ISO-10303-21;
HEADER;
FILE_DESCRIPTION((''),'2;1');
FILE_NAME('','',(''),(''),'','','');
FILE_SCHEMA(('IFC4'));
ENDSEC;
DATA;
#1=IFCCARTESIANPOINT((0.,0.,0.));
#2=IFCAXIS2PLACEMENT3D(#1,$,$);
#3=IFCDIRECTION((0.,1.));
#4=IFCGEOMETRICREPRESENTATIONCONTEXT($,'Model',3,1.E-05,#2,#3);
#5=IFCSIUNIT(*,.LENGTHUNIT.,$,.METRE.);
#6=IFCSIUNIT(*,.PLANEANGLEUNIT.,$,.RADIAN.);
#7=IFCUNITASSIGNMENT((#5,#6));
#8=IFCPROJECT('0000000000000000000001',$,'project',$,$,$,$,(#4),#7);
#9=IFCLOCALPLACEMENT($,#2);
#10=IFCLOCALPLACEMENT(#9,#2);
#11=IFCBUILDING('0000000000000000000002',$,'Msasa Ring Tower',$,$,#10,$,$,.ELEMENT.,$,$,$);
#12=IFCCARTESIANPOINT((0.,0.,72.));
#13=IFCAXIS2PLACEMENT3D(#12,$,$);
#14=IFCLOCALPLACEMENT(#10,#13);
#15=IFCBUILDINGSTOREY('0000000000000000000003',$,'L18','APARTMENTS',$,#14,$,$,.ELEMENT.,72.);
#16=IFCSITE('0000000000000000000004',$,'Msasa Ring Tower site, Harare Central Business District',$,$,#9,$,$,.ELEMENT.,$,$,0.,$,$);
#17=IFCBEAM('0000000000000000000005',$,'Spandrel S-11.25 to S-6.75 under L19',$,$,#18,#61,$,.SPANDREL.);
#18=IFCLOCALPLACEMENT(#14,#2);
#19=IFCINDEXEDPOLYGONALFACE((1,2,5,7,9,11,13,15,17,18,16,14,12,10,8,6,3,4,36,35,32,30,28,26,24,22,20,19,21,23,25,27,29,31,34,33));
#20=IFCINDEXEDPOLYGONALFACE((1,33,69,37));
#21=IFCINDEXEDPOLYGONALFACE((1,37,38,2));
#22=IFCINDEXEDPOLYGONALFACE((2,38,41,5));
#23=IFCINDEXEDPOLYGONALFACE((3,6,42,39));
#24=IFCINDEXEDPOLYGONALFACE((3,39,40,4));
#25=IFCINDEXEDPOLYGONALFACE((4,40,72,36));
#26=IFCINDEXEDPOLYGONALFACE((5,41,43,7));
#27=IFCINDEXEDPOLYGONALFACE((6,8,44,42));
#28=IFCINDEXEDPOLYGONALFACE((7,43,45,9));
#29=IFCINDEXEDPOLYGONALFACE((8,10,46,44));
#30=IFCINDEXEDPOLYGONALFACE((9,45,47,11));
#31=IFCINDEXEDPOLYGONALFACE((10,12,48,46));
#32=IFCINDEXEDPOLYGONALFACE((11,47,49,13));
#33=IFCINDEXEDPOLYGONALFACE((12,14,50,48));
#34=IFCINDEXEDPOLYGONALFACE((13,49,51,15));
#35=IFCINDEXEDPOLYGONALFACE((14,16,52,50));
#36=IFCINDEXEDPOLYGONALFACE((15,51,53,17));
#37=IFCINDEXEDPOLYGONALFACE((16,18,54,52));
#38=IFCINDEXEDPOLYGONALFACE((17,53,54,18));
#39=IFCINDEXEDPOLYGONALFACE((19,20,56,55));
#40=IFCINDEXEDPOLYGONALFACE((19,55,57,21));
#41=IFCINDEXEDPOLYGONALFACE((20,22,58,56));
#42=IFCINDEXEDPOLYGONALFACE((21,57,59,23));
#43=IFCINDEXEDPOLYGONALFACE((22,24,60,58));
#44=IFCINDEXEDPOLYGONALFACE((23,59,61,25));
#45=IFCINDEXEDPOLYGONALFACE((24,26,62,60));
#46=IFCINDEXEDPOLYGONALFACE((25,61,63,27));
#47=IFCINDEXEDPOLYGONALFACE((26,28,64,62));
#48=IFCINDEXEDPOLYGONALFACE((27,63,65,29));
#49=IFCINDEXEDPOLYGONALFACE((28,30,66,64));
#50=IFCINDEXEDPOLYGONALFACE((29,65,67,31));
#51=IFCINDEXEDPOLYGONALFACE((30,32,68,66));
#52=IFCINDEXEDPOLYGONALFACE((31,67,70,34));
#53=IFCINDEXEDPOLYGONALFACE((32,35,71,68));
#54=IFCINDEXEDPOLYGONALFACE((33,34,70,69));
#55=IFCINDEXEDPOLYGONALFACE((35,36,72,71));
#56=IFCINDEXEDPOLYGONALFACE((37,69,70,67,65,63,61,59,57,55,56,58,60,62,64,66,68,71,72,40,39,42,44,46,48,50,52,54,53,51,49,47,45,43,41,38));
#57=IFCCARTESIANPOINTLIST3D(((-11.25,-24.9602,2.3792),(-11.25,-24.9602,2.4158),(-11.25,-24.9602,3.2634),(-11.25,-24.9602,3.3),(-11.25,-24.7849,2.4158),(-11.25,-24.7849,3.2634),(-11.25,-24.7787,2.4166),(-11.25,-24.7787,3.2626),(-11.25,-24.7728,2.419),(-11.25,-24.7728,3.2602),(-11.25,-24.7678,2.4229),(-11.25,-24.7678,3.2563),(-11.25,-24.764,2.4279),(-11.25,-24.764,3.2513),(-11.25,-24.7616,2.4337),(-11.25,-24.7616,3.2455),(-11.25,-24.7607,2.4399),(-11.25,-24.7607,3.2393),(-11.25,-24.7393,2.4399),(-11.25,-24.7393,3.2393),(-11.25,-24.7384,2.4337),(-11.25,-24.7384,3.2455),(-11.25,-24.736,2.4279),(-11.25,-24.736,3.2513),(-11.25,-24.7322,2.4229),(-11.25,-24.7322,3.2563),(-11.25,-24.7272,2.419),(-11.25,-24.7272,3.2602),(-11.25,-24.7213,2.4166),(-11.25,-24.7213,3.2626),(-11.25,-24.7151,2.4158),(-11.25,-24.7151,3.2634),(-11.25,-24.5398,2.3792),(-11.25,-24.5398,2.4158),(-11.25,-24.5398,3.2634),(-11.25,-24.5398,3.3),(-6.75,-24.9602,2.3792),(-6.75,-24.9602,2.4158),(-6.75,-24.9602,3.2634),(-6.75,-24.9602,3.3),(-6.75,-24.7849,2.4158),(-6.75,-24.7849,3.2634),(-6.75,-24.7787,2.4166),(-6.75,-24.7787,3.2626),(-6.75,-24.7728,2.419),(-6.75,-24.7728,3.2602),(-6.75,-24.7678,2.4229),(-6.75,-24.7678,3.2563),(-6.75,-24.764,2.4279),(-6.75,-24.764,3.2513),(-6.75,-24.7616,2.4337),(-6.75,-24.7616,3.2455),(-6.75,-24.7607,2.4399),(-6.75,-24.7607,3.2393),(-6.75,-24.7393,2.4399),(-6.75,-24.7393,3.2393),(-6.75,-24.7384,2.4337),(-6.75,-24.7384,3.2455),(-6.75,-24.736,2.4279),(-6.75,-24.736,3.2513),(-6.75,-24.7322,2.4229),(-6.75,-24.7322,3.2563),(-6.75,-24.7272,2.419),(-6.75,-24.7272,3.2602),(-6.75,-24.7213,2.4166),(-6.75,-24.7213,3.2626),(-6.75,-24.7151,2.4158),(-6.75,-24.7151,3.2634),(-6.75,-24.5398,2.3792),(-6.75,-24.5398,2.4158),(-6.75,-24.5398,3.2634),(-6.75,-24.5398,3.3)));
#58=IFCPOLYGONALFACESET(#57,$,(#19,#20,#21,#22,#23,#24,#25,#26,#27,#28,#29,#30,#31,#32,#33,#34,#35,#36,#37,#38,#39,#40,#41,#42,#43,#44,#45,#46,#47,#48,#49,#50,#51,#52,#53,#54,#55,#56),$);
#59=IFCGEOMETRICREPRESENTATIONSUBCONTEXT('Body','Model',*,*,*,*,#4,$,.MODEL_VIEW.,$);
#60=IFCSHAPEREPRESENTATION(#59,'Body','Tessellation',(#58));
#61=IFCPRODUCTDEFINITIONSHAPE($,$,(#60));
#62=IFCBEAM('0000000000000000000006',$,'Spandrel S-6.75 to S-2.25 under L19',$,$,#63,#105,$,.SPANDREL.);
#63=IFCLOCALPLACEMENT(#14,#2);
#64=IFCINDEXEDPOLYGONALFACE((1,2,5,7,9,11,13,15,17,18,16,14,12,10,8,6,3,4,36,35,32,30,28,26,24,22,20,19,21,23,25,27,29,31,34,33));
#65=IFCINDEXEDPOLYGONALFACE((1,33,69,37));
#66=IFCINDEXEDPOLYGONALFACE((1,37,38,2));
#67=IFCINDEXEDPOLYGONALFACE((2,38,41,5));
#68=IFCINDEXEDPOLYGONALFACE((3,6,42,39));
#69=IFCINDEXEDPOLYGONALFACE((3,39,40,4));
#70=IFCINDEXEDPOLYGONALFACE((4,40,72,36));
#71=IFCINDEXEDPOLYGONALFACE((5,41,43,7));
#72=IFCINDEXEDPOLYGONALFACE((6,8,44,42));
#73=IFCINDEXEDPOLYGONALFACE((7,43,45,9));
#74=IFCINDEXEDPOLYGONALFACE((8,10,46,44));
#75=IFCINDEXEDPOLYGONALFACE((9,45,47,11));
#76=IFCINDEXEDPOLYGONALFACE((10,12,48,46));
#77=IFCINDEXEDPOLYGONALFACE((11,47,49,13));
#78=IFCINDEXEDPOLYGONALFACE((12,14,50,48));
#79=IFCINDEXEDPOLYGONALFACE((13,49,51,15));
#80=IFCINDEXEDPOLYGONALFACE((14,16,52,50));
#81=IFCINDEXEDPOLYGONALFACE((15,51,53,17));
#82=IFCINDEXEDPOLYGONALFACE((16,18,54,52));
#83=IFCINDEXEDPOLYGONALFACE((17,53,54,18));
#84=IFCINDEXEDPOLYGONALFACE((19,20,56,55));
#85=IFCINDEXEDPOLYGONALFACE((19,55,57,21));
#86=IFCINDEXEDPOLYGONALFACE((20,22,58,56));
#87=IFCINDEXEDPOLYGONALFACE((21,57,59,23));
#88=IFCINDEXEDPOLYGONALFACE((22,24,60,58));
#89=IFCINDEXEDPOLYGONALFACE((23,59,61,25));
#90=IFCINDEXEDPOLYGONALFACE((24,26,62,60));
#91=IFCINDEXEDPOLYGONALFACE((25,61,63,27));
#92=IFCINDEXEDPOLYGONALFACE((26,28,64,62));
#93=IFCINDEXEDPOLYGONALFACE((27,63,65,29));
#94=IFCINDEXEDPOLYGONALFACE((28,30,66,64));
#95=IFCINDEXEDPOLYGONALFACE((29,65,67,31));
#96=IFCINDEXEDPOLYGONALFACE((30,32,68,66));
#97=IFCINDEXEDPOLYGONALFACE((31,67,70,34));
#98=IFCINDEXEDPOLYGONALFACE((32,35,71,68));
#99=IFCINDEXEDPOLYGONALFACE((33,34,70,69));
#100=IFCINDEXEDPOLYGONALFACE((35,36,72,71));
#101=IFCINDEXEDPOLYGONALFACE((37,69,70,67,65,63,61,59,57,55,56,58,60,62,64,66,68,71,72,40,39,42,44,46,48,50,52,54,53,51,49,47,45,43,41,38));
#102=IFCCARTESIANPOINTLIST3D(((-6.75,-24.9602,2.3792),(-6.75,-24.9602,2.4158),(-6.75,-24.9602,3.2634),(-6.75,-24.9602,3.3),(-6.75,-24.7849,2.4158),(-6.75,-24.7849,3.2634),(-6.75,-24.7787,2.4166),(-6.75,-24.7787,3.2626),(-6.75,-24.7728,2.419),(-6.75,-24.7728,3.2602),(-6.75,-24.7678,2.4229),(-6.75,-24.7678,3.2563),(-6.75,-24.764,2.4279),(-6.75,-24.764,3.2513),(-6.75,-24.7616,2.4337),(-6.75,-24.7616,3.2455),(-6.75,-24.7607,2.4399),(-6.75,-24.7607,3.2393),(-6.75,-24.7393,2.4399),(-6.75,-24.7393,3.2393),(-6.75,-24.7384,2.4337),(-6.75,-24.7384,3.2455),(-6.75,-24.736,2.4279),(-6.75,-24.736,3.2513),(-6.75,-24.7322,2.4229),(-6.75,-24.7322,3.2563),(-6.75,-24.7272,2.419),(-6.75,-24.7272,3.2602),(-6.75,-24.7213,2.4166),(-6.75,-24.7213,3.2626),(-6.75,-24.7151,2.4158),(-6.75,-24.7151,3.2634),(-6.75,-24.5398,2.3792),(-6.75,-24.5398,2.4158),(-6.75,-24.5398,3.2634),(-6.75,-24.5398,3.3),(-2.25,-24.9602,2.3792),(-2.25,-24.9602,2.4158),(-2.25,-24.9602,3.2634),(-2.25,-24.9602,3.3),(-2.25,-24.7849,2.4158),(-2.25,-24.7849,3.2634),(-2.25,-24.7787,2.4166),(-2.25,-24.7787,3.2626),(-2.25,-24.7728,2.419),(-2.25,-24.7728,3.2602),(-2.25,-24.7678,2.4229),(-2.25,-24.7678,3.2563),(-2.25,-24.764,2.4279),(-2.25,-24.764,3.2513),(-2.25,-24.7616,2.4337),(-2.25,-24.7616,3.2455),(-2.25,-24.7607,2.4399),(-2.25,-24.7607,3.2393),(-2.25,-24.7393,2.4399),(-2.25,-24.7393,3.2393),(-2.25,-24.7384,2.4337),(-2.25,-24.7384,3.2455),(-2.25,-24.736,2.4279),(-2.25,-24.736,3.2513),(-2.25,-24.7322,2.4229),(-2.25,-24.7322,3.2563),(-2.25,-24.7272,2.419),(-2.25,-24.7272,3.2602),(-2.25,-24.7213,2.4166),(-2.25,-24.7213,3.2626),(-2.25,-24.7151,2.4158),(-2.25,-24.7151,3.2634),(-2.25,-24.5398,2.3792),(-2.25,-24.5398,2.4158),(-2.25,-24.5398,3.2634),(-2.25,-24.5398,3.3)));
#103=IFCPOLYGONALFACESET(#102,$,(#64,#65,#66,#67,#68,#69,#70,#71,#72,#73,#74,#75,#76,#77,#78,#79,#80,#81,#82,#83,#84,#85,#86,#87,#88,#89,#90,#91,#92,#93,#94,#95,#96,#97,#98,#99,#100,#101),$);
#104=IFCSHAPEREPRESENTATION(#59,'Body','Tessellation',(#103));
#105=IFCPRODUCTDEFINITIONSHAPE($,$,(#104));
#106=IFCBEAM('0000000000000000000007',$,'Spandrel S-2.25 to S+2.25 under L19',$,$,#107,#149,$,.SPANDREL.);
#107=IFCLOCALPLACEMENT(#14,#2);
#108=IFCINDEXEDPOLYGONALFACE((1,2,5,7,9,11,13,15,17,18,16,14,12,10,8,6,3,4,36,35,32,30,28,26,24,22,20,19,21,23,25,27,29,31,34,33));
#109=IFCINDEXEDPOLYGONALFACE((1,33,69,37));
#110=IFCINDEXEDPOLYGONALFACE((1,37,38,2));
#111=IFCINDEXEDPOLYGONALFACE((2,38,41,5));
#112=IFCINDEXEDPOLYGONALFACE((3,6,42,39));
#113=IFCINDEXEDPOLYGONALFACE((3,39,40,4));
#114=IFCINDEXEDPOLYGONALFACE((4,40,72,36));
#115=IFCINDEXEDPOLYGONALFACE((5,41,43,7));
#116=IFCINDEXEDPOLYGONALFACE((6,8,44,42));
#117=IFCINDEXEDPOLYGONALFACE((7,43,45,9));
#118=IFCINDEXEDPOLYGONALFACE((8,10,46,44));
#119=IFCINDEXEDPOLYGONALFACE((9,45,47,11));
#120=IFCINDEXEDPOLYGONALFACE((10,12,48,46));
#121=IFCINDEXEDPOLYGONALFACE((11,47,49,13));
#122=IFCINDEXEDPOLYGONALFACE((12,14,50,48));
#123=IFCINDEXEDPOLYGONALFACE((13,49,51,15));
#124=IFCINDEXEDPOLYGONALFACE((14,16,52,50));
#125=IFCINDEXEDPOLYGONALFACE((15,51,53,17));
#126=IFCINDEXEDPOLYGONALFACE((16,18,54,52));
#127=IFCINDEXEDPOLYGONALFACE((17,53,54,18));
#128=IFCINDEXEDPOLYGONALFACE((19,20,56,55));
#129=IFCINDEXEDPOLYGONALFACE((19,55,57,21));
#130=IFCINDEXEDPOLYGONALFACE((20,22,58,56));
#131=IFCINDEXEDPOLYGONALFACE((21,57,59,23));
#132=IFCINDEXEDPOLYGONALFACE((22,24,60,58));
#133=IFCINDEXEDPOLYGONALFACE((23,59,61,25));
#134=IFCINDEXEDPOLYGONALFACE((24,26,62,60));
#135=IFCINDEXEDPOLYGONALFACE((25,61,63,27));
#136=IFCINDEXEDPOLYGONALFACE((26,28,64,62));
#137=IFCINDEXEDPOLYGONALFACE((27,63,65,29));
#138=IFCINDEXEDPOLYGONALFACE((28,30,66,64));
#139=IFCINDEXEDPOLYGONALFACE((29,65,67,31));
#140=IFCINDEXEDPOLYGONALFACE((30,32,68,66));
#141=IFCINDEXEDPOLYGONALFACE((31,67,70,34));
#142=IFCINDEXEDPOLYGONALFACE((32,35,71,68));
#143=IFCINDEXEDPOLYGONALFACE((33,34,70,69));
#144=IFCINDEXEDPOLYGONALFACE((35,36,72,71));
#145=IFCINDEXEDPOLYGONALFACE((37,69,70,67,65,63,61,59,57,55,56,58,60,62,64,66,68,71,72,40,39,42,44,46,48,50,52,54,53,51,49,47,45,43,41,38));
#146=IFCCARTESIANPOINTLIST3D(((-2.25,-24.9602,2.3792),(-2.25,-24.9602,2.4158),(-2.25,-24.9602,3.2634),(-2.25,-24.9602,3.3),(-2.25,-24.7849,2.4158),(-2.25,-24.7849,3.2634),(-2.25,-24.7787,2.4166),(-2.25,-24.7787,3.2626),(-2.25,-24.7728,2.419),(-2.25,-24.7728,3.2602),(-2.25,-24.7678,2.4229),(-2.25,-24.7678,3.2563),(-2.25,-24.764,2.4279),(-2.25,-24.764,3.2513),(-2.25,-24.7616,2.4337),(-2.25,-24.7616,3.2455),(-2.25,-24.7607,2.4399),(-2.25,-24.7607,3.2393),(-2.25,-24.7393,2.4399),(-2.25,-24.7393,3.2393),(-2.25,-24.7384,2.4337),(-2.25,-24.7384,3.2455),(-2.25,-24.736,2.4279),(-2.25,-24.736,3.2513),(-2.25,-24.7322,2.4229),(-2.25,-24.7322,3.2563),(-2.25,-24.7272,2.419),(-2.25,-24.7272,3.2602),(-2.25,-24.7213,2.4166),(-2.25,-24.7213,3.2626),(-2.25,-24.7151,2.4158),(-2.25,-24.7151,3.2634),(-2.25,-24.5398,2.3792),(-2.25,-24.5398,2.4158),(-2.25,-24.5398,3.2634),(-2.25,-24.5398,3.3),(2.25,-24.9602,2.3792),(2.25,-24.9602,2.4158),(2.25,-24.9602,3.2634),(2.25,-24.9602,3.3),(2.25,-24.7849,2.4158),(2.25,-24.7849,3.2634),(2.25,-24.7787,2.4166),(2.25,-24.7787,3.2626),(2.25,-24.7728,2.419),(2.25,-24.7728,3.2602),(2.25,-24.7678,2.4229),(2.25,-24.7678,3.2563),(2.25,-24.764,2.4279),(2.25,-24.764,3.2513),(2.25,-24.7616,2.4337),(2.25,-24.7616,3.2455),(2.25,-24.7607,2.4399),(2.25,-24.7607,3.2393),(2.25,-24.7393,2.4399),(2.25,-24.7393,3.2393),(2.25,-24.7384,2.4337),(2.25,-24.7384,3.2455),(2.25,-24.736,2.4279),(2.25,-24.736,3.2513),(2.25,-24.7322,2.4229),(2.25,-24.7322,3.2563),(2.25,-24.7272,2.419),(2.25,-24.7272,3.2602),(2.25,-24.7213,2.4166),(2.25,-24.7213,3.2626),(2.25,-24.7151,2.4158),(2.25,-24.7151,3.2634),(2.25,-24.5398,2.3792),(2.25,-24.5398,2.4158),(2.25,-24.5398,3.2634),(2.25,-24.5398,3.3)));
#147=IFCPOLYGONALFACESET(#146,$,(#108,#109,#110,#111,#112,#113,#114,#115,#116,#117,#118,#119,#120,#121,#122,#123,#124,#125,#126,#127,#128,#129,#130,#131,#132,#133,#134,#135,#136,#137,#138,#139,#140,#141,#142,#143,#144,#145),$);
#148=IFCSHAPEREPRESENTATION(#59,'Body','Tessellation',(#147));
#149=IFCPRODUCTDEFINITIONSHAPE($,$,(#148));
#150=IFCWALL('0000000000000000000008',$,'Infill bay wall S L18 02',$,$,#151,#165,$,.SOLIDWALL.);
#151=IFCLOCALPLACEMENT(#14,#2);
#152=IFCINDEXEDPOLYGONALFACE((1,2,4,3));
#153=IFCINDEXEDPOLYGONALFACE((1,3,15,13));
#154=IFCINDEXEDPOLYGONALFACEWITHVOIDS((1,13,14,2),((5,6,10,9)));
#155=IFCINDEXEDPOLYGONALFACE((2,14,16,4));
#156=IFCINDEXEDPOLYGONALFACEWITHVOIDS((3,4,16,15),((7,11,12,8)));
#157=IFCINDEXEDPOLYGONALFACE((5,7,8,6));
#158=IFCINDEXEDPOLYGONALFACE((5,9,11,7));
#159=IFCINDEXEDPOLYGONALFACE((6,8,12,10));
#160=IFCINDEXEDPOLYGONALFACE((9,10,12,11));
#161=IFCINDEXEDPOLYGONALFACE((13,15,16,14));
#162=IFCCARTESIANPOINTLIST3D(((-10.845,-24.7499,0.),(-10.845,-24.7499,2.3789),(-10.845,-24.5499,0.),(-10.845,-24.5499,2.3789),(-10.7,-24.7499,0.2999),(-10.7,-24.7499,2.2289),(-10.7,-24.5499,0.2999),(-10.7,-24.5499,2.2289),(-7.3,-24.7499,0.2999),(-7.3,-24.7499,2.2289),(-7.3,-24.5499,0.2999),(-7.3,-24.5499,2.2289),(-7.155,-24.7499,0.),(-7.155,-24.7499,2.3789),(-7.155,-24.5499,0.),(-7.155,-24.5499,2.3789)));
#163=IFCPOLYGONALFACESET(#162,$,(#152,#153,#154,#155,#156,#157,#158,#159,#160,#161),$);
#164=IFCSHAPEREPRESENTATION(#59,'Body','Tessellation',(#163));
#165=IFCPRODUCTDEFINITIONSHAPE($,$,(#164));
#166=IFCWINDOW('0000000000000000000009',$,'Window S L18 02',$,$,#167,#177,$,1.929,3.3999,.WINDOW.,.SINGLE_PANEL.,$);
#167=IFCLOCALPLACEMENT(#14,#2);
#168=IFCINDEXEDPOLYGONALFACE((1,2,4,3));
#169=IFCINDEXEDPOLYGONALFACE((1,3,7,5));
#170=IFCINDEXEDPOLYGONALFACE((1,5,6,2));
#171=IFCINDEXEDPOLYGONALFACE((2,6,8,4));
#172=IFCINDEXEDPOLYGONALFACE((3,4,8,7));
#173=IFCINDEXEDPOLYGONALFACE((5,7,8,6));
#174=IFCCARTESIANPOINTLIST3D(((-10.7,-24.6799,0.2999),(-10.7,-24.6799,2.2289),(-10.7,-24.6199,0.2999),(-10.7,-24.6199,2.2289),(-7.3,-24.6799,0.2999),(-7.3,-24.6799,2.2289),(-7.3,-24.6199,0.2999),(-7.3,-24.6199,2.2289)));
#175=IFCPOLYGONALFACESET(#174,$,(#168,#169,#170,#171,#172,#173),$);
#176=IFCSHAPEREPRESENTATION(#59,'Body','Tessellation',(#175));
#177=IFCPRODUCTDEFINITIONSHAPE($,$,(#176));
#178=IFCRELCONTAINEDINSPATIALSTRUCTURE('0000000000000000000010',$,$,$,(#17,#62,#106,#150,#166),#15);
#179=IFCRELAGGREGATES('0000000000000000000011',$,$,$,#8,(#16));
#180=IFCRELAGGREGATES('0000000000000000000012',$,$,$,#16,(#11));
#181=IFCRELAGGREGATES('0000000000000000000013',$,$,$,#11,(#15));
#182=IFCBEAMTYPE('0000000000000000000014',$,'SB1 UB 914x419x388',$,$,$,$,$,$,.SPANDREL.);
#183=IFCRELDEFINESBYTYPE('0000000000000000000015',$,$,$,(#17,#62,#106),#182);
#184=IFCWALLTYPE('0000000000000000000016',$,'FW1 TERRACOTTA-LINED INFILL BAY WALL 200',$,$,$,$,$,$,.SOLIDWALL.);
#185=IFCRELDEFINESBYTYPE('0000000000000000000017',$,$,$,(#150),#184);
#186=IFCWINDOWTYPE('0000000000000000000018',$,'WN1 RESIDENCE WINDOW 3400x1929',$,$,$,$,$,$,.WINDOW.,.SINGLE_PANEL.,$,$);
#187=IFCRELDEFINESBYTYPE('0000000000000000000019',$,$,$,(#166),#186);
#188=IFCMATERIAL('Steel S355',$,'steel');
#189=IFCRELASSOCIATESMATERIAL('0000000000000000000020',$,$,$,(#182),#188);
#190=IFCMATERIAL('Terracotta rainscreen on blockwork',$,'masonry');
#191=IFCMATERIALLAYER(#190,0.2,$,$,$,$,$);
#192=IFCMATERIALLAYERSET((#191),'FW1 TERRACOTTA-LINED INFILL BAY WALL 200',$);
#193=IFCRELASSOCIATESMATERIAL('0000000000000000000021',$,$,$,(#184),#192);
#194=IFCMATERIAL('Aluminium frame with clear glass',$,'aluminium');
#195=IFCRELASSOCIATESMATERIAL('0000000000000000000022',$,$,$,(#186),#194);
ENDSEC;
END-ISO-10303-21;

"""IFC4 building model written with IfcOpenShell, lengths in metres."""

from ifc_helpers import new_model, si_unit, direction, frame, frame_2d, origin, origin_2d, place, context, subcontext, project, spatial, rectangle, i_section, extrude, material, layer, layer_set, material_profile, profile_set, type_object, element, fill, save


model = new_model("IFC4")

# Units and contexts
model_context = context("Model", 3, precision=1e-05, world=origin(), true_north=direction((0.0, 1.0)))
body_context = subcontext(model_context, "Body", "Model", "MODEL_VIEW")
ifc_project = project(units=[si_unit("LENGTHUNIT", "METRE"), si_unit("PLANEANGLEUNIT", "RADIAN")], contexts=[model_context])

# Site, building, storey
site_placement = place(None, origin())
site = spatial("IfcSite", under=ifc_project, at=site_placement, Name="Msasa Ring Tower site, Harare Central Business District", CompositionType="ELEMENT", RefElevation=0.0)
building_placement = place(site_placement, origin())
building = spatial("IfcBuilding", under=site, at=building_placement, Name="Msasa Ring Tower", CompositionType="ELEMENT")
storey_placement = place(building_placement, frame((0.0, 0.0, 72.0)))
storey = spatial("IfcBuildingStorey", under=building, at=storey_placement, Name="L18", Description="APARTMENTS", CompositionType="ELEMENT", Elevation=72.0)

# Beams
ifc_material_1 = material(Name="Steel S355", Category="steel")
ifc_material_profile_1 = material_profile(ifc_material_1, i_section(OverallWidth=0.4204, OverallDepth=0.9209, WebThickness=0.0215, FlangeThickness=0.0366, FilletRadius=0.0242, at=origin_2d()), Name="UB 914x419x388")
ifc_profile_set_1 = profile_set([ifc_material_profile_1], Name="Steel S355")
beam_type_1 = type_object("IfcBeamType", Name="SB1 UB 914x419x388", PredefinedType="SPANDREL", material=ifc_profile_set_1)
for number, where, z_axis, x_axis, name in (
    (1, (-11.25, -24.75, 2.8396), (1.0, 0.0, 0.0), (0.0, 1.0, 0.0), "Spandrel S-11.25 to S-6.75 under L19"),
    (2, (-6.75, -24.75, 2.8396), (1.0, 0.0, 0.0), (0.0, 1.0, 0.0), "Spandrel S-6.75 to S-2.25 under L19"),
    (3, (-2.25, -24.75, 2.8396), (1.0, 0.0, 0.0), (0.0, 1.0, 0.0), "Spandrel S-2.25 to S+2.25 under L19"),
):
    element("IfcBeam", number, at=place(storey_placement, frame(where, z_axis=z_axis, x_axis=x_axis)), inside=storey, type_object=beam_type_1, Name=name, PredefinedType="SPANDREL", context=body_context, shape_type="SweptSolid", body=[
        extrude(i_section(OverallWidth=0.4204, OverallDepth=0.9209, WebThickness=0.0215, FlangeThickness=0.0366, FilletRadius=0.0242, at=origin_2d()), origin(), (0.0, 0.0, 1.0), 4.5),
    ])

# Wall, opening, window
ifc_material_2 = material(Name="Terracotta rainscreen on blockwork", Category="masonry")
ifc_layer_1 = layer(ifc_material_2, 0.2)
ifc_layer_set_1 = layer_set([ifc_layer_1], Name="FW1 TERRACOTTA-LINED INFILL BAY WALL 200")
wall_type_1 = type_object("IfcWallType", Name="FW1 TERRACOTTA-LINED INFILL BAY WALL 200", PredefinedType="SOLIDWALL", material=ifc_layer_set_1)
wall_1_placement = place(storey_placement, frame((-10.845, -24.6499, 0.0), z_axis=(0.0, 0.0, 1.0), x_axis=(1.0, 0.0, 0.0)))
wall_1 = element("IfcWall", 4, at=wall_1_placement, inside=storey, type_object=wall_type_1, Name="Infill bay wall S L18 02", PredefinedType="SOLIDWALL", context=body_context, shape_type="SweptSolid", body=[
    extrude(rectangle(XDim=3.6899, YDim=0.2, at=frame_2d((1.845, 0.0))), origin(), (0.0, 0.0, 1.0), 2.3789),
])
opening_1_placement = place(wall_1_placement, frame((0.145, 0.0, 0.3)))
opening_1 = element("IfcOpeningElement", 5, at=opening_1_placement, cuts=wall_1, PredefinedType="OPENING", context=body_context, shape_type="SweptSolid", body=[
    extrude(rectangle(XDim=3.3999, YDim=1.929, at=frame_2d((1.7, 0.9644))), frame((0.0, 0.1099, 0.0), z_axis=(0.0, -1.0, 0.0), x_axis=(1.0, 0.0, 0.0)), (0.0, 0.0, 1.0), 0.22),
])
ifc_material_3 = material(Name="Aluminium frame with clear glass", Category="aluminium")
window_type = type_object("IfcWindowType", Name="WN1 RESIDENCE WINDOW 3400x1929", PartitioningType="SINGLE_PANEL", PredefinedType="WINDOW", material=ifc_material_3)
window_1_placement = place(opening_1_placement, origin())
window_1 = element("IfcWindow", 6, at=window_1_placement, inside=storey, type_object=window_type, Name="Window S L18 02", OverallHeight=1.929, OverallWidth=3.3999, PartitioningType="SINGLE_PANEL", PredefinedType="WINDOW", context=body_context, shape_type="SweptSolid", body=[
    extrude(rectangle(XDim=3.3999, YDim=1.929, at=frame_2d((1.7, 0.9644))), frame((0.0, 0.03, 0.0), z_axis=(0.0, -1.0, 0.0), x_axis=(1.0, 0.0, 0.0)), (0.0, 0.0, 1.0), 0.0601),
])
fill(opening_1, window_1)

save(model, "model.ifc")
